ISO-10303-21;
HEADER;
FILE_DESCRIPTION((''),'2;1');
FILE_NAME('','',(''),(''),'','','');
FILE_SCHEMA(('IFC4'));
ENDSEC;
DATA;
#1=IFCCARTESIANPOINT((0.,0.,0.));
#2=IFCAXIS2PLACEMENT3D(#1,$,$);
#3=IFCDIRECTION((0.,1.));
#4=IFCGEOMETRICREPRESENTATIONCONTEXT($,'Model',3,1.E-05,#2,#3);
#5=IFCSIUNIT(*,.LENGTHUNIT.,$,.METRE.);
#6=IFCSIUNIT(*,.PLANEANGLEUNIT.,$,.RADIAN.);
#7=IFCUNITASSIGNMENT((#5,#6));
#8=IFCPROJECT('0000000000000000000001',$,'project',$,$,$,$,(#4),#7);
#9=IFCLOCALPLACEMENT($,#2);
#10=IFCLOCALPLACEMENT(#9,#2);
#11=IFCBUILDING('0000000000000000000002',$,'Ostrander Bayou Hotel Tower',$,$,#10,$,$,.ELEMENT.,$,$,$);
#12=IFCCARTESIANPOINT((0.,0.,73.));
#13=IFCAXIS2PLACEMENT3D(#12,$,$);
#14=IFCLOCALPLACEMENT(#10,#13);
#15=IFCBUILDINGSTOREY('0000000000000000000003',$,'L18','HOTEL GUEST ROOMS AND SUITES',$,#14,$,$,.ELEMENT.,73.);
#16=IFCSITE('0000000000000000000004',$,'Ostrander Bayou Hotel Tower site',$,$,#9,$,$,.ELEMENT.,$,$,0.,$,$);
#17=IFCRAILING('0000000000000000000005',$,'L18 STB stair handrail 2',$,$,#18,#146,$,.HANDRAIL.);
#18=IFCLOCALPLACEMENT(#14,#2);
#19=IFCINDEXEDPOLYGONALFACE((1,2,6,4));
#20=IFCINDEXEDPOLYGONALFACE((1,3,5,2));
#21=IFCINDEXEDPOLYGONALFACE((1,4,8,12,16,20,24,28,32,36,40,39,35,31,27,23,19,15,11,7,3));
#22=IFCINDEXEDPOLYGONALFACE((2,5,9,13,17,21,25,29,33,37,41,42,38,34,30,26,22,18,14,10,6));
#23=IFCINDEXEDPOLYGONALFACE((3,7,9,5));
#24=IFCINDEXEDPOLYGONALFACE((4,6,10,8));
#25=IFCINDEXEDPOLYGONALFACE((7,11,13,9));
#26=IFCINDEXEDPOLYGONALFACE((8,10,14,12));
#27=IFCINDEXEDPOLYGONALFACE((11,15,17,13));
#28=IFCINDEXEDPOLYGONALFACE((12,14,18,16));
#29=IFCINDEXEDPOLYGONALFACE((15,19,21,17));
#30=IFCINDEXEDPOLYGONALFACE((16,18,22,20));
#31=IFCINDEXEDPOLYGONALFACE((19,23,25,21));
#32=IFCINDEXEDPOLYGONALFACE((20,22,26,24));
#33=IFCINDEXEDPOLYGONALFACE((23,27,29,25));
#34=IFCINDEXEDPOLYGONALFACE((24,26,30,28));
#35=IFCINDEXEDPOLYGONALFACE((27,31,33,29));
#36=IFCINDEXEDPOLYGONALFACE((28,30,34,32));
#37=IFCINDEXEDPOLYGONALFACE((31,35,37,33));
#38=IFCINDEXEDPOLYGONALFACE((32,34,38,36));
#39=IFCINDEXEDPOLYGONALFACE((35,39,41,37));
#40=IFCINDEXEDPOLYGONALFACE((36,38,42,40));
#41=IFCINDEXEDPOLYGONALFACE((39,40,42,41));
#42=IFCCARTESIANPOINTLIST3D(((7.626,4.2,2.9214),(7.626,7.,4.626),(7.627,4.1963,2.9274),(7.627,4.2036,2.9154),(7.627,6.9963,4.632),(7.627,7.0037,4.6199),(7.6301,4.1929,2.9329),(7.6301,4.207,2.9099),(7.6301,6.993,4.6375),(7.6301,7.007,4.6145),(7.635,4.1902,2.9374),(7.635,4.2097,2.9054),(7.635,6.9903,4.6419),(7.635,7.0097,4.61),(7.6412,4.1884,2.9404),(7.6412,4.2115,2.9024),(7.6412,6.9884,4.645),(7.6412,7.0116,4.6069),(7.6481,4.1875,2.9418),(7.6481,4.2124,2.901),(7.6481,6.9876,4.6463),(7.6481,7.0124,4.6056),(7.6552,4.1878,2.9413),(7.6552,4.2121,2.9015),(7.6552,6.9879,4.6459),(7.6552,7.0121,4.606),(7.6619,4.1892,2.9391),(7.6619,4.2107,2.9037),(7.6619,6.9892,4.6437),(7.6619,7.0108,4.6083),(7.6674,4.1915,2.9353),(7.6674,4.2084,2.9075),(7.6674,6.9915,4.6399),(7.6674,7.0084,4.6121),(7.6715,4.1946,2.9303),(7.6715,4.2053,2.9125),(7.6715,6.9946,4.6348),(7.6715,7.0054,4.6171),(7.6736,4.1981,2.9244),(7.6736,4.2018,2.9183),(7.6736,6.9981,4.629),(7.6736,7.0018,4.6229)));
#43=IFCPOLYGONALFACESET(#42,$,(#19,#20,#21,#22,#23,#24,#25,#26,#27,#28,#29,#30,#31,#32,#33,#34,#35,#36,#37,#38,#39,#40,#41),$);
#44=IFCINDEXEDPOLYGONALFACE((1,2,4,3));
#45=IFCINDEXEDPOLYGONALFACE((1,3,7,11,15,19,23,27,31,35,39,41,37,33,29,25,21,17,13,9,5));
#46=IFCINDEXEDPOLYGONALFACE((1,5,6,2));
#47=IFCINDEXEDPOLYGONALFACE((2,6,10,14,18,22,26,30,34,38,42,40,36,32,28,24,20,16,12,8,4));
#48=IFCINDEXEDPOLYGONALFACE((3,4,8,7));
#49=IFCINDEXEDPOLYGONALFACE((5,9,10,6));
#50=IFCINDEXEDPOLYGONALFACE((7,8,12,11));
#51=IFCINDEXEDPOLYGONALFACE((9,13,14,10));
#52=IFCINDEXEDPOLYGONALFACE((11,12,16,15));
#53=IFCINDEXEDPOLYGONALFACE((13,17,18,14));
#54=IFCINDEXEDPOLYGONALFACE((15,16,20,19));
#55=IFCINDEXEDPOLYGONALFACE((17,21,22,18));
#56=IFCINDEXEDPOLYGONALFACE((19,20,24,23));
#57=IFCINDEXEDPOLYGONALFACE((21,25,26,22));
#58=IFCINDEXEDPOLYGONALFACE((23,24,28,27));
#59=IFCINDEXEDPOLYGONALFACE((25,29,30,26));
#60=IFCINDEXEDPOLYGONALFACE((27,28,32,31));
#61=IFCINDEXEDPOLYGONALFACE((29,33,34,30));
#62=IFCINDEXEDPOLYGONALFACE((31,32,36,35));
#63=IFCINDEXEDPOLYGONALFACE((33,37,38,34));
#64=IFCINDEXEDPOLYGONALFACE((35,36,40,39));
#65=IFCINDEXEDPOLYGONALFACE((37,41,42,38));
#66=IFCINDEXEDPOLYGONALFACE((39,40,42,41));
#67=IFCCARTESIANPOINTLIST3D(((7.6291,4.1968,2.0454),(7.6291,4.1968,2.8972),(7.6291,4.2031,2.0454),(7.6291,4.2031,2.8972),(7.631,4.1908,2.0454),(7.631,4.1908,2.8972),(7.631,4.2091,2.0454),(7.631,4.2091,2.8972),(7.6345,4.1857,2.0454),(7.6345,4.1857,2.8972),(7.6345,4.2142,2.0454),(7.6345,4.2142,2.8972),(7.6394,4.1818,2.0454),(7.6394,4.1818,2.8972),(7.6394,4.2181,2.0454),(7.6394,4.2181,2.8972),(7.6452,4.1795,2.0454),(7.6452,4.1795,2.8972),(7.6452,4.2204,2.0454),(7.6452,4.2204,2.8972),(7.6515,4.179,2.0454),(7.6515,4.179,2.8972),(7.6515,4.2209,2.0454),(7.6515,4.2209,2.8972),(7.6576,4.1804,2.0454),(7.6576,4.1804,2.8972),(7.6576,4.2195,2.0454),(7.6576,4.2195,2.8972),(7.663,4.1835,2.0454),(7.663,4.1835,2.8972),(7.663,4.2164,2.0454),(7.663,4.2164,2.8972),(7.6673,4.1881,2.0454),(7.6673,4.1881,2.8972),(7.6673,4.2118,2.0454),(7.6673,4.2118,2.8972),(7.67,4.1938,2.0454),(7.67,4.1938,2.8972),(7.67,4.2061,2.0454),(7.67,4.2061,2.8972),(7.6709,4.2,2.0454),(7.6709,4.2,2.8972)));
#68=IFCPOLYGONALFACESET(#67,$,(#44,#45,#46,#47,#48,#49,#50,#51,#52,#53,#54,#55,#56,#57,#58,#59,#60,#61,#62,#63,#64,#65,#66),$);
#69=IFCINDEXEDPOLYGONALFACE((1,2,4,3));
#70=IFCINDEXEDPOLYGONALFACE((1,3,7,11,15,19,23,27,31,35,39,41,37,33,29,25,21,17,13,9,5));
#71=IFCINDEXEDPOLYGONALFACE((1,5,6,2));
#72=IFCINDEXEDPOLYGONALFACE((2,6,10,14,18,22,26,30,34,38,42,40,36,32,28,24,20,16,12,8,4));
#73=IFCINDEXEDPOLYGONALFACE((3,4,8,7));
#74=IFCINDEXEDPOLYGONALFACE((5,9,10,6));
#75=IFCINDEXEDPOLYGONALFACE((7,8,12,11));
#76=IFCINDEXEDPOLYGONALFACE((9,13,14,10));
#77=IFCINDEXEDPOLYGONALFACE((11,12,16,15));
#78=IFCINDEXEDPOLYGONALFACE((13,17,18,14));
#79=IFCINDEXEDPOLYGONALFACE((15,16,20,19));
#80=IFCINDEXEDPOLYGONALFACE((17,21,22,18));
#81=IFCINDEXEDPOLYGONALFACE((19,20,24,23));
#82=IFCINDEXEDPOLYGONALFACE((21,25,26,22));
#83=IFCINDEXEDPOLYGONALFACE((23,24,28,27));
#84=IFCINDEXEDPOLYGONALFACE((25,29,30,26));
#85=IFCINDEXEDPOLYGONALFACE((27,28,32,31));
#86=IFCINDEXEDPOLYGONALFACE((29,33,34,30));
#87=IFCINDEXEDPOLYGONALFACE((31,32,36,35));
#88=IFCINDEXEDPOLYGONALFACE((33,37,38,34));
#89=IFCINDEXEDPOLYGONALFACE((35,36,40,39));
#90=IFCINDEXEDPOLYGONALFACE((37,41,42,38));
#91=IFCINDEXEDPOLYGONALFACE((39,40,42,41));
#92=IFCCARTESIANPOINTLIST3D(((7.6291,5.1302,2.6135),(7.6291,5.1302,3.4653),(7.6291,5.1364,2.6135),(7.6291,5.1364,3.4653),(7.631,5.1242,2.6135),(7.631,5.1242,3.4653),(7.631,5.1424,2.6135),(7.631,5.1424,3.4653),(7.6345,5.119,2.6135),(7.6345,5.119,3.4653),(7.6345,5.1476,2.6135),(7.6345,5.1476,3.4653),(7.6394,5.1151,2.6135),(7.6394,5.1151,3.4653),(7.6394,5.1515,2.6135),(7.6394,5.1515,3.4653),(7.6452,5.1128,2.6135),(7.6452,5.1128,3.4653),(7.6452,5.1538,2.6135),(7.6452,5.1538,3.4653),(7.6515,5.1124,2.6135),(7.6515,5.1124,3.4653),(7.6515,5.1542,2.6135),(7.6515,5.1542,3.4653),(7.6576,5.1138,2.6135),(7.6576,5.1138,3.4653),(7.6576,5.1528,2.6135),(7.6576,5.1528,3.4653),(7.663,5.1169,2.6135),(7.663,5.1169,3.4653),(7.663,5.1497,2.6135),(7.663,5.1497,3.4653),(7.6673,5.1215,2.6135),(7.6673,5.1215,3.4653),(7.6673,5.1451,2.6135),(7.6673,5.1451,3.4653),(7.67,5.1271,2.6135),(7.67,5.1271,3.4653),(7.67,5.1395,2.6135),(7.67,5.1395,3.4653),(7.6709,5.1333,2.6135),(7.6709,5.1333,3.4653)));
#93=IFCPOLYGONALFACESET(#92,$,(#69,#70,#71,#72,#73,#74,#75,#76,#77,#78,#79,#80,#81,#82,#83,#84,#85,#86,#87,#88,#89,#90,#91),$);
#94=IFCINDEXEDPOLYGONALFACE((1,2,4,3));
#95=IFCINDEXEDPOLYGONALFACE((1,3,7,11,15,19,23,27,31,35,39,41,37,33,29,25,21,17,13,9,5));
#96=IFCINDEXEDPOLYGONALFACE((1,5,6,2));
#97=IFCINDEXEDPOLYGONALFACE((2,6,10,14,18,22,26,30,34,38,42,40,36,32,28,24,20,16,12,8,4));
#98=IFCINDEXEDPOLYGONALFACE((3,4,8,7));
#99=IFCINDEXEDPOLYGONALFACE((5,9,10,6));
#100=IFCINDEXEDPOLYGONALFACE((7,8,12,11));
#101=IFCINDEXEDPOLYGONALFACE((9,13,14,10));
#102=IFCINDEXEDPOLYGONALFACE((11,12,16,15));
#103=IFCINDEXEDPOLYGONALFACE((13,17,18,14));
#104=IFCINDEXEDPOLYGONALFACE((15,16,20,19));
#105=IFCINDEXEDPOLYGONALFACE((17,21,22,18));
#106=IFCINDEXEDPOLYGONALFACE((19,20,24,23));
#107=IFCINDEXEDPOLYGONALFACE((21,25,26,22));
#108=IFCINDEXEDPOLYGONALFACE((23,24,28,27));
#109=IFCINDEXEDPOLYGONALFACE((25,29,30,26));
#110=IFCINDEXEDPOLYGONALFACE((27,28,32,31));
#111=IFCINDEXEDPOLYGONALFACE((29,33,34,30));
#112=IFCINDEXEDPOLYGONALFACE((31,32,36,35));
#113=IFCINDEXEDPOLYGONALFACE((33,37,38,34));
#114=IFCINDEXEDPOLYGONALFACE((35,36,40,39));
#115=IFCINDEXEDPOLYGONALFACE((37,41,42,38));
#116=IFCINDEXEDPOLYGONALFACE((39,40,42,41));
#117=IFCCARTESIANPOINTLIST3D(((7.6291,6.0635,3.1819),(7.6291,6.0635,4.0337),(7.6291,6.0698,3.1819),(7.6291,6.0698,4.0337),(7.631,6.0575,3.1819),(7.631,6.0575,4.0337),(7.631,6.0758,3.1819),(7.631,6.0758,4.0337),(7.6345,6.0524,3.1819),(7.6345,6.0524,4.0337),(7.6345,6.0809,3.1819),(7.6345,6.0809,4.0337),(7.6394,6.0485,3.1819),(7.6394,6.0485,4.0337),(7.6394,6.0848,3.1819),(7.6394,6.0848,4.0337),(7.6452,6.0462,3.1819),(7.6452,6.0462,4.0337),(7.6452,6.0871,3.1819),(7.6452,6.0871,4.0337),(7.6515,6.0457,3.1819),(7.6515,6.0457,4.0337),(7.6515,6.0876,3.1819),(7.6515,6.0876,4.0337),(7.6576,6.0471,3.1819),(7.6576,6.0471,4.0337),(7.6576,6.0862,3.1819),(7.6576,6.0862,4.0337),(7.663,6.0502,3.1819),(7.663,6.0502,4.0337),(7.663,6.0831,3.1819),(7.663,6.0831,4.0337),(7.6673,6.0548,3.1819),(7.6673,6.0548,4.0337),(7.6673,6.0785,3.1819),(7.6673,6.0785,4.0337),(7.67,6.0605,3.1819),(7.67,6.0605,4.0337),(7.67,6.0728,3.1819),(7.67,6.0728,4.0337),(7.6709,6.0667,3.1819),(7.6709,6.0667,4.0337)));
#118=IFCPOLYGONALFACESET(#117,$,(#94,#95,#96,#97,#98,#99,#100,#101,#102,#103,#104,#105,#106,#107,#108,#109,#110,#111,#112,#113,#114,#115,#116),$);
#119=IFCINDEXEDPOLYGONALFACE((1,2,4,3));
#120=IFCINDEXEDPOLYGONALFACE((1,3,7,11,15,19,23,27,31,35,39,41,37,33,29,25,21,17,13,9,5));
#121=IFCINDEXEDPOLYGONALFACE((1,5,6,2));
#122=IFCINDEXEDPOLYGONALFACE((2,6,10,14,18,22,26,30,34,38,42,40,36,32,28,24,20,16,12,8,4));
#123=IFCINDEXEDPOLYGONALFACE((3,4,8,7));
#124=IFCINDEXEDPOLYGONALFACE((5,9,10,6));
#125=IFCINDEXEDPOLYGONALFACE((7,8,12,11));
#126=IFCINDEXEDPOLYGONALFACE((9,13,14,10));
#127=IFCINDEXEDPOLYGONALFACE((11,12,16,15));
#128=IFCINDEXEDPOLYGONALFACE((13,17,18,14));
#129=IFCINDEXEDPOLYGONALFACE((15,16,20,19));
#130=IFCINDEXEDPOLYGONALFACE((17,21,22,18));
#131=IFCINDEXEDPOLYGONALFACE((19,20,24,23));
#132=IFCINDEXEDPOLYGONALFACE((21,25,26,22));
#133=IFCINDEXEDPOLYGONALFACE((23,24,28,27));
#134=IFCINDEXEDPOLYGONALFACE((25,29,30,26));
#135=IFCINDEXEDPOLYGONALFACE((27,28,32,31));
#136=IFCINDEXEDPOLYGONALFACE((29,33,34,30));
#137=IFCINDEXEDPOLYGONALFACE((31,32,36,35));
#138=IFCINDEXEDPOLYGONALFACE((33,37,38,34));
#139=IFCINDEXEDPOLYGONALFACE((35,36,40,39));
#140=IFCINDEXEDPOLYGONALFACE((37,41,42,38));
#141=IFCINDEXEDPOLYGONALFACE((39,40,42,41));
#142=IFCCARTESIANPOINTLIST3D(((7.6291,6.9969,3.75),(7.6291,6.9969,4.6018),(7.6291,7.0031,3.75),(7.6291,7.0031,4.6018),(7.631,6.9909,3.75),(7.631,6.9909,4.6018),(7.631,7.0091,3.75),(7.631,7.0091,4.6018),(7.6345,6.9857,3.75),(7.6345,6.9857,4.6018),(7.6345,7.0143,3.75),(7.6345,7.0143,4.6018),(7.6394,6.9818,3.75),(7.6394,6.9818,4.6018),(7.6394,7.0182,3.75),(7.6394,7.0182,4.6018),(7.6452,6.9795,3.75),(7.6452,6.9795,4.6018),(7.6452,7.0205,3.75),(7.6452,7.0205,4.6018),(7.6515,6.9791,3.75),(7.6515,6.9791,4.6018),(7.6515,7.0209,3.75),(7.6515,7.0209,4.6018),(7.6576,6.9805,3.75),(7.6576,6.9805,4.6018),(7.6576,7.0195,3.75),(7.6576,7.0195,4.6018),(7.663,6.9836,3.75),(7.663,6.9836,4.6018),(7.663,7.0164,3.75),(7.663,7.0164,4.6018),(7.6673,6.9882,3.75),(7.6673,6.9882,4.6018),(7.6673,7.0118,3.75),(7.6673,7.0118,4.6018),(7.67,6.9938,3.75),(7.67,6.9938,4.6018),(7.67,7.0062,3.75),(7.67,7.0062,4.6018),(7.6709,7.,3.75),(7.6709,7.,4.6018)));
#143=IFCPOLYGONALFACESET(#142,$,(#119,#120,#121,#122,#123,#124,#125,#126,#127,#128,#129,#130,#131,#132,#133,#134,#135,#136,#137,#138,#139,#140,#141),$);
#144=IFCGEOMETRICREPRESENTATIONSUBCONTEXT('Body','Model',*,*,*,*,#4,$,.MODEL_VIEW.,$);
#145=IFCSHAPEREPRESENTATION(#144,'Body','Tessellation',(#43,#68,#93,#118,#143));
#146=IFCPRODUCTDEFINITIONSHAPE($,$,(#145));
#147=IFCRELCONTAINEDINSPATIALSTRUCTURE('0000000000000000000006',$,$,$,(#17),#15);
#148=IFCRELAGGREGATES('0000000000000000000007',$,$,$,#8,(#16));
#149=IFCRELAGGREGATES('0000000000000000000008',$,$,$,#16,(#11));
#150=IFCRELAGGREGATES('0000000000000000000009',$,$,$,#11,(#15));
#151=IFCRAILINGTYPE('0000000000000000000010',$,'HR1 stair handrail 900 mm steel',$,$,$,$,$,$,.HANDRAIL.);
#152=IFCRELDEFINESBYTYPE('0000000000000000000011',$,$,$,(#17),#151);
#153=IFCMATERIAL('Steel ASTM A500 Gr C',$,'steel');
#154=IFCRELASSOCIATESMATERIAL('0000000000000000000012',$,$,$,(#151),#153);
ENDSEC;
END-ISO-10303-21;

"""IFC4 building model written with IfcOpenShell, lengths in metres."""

from ifc_helpers import new_model, si_unit, direction, frame, origin, origin_2d, place, context, subcontext, project, spatial, circle, extrude, material, type_object, element, save


model = new_model("IFC4")

# Units and contexts
model_context = context("Model", 3, precision=1e-05, world=origin(), true_north=direction((0.0, 1.0)))
body_context = subcontext(model_context, "Body", "Model", "MODEL_VIEW")
ifc_project = project(units=[si_unit("LENGTHUNIT", "METRE"), si_unit("PLANEANGLEUNIT", "RADIAN")], contexts=[model_context])

# Site, building, storey
site_placement = place(None, origin())
site = spatial("IfcSite", under=ifc_project, at=site_placement, Name="Ostrander Bayou Hotel Tower site", CompositionType="ELEMENT", RefElevation=0.0)
building_placement = place(site_placement, origin())
building = spatial("IfcBuilding", under=site, at=building_placement, Name="Ostrander Bayou Hotel Tower", CompositionType="ELEMENT")
storey_placement = place(building_placement, frame((0.0, 0.0, 73.0)))
storey = spatial("IfcBuildingStorey", under=building, at=storey_placement, Name="L18", Description="HOTEL GUEST ROOMS AND SUITES", CompositionType="ELEMENT", Elevation=73.0)

# Railing
ifc_material_1 = material(Name="Steel ASTM A500 Gr C", Category="steel")
railing_type_1 = type_object("IfcRailingType", Name="HR1 stair handrail 900 mm steel", PredefinedType="HANDRAIL", material=ifc_material_1)
railing_1_placement = place(storey_placement, frame((7.6499, 4.2, 2.0454)))
element("IfcRailing", 1, at=railing_1_placement, inside=storey, type_object=railing_type_1, Name="L18 STB stair handrail 2", PredefinedType="HANDRAIL", context=body_context, shape_type="SweptSolid", body=[
    extrude(circle(Radius=0.0239, at=origin_2d()), frame((0.0, 0.0, 0.876), z_axis=(0.0, 0.85417, 0.519994), x_axis=(-1.0, 0.0, 0.0)), (0.0, 0.0, 1.0), 3.2781),
    extrude(circle(Radius=0.021, at=origin_2d()), origin(), (0.0, 0.0, 1.0), 0.8518),
    extrude(circle(Radius=0.021, at=origin_2d()), frame((0.0, 0.9333, 0.5681)), (0.0, 0.0, 1.0), 0.8518),
    extrude(circle(Radius=0.021, at=origin_2d()), frame((0.0, 1.8667, 1.1365)), (0.0, 0.0, 1.0), 0.8518),
    extrude(circle(Radius=0.021, at=origin_2d()), frame((0.0, 2.8, 1.7046)), (0.0, 0.0, 1.0), 0.8518),
])

save(model, "model.ifc")
